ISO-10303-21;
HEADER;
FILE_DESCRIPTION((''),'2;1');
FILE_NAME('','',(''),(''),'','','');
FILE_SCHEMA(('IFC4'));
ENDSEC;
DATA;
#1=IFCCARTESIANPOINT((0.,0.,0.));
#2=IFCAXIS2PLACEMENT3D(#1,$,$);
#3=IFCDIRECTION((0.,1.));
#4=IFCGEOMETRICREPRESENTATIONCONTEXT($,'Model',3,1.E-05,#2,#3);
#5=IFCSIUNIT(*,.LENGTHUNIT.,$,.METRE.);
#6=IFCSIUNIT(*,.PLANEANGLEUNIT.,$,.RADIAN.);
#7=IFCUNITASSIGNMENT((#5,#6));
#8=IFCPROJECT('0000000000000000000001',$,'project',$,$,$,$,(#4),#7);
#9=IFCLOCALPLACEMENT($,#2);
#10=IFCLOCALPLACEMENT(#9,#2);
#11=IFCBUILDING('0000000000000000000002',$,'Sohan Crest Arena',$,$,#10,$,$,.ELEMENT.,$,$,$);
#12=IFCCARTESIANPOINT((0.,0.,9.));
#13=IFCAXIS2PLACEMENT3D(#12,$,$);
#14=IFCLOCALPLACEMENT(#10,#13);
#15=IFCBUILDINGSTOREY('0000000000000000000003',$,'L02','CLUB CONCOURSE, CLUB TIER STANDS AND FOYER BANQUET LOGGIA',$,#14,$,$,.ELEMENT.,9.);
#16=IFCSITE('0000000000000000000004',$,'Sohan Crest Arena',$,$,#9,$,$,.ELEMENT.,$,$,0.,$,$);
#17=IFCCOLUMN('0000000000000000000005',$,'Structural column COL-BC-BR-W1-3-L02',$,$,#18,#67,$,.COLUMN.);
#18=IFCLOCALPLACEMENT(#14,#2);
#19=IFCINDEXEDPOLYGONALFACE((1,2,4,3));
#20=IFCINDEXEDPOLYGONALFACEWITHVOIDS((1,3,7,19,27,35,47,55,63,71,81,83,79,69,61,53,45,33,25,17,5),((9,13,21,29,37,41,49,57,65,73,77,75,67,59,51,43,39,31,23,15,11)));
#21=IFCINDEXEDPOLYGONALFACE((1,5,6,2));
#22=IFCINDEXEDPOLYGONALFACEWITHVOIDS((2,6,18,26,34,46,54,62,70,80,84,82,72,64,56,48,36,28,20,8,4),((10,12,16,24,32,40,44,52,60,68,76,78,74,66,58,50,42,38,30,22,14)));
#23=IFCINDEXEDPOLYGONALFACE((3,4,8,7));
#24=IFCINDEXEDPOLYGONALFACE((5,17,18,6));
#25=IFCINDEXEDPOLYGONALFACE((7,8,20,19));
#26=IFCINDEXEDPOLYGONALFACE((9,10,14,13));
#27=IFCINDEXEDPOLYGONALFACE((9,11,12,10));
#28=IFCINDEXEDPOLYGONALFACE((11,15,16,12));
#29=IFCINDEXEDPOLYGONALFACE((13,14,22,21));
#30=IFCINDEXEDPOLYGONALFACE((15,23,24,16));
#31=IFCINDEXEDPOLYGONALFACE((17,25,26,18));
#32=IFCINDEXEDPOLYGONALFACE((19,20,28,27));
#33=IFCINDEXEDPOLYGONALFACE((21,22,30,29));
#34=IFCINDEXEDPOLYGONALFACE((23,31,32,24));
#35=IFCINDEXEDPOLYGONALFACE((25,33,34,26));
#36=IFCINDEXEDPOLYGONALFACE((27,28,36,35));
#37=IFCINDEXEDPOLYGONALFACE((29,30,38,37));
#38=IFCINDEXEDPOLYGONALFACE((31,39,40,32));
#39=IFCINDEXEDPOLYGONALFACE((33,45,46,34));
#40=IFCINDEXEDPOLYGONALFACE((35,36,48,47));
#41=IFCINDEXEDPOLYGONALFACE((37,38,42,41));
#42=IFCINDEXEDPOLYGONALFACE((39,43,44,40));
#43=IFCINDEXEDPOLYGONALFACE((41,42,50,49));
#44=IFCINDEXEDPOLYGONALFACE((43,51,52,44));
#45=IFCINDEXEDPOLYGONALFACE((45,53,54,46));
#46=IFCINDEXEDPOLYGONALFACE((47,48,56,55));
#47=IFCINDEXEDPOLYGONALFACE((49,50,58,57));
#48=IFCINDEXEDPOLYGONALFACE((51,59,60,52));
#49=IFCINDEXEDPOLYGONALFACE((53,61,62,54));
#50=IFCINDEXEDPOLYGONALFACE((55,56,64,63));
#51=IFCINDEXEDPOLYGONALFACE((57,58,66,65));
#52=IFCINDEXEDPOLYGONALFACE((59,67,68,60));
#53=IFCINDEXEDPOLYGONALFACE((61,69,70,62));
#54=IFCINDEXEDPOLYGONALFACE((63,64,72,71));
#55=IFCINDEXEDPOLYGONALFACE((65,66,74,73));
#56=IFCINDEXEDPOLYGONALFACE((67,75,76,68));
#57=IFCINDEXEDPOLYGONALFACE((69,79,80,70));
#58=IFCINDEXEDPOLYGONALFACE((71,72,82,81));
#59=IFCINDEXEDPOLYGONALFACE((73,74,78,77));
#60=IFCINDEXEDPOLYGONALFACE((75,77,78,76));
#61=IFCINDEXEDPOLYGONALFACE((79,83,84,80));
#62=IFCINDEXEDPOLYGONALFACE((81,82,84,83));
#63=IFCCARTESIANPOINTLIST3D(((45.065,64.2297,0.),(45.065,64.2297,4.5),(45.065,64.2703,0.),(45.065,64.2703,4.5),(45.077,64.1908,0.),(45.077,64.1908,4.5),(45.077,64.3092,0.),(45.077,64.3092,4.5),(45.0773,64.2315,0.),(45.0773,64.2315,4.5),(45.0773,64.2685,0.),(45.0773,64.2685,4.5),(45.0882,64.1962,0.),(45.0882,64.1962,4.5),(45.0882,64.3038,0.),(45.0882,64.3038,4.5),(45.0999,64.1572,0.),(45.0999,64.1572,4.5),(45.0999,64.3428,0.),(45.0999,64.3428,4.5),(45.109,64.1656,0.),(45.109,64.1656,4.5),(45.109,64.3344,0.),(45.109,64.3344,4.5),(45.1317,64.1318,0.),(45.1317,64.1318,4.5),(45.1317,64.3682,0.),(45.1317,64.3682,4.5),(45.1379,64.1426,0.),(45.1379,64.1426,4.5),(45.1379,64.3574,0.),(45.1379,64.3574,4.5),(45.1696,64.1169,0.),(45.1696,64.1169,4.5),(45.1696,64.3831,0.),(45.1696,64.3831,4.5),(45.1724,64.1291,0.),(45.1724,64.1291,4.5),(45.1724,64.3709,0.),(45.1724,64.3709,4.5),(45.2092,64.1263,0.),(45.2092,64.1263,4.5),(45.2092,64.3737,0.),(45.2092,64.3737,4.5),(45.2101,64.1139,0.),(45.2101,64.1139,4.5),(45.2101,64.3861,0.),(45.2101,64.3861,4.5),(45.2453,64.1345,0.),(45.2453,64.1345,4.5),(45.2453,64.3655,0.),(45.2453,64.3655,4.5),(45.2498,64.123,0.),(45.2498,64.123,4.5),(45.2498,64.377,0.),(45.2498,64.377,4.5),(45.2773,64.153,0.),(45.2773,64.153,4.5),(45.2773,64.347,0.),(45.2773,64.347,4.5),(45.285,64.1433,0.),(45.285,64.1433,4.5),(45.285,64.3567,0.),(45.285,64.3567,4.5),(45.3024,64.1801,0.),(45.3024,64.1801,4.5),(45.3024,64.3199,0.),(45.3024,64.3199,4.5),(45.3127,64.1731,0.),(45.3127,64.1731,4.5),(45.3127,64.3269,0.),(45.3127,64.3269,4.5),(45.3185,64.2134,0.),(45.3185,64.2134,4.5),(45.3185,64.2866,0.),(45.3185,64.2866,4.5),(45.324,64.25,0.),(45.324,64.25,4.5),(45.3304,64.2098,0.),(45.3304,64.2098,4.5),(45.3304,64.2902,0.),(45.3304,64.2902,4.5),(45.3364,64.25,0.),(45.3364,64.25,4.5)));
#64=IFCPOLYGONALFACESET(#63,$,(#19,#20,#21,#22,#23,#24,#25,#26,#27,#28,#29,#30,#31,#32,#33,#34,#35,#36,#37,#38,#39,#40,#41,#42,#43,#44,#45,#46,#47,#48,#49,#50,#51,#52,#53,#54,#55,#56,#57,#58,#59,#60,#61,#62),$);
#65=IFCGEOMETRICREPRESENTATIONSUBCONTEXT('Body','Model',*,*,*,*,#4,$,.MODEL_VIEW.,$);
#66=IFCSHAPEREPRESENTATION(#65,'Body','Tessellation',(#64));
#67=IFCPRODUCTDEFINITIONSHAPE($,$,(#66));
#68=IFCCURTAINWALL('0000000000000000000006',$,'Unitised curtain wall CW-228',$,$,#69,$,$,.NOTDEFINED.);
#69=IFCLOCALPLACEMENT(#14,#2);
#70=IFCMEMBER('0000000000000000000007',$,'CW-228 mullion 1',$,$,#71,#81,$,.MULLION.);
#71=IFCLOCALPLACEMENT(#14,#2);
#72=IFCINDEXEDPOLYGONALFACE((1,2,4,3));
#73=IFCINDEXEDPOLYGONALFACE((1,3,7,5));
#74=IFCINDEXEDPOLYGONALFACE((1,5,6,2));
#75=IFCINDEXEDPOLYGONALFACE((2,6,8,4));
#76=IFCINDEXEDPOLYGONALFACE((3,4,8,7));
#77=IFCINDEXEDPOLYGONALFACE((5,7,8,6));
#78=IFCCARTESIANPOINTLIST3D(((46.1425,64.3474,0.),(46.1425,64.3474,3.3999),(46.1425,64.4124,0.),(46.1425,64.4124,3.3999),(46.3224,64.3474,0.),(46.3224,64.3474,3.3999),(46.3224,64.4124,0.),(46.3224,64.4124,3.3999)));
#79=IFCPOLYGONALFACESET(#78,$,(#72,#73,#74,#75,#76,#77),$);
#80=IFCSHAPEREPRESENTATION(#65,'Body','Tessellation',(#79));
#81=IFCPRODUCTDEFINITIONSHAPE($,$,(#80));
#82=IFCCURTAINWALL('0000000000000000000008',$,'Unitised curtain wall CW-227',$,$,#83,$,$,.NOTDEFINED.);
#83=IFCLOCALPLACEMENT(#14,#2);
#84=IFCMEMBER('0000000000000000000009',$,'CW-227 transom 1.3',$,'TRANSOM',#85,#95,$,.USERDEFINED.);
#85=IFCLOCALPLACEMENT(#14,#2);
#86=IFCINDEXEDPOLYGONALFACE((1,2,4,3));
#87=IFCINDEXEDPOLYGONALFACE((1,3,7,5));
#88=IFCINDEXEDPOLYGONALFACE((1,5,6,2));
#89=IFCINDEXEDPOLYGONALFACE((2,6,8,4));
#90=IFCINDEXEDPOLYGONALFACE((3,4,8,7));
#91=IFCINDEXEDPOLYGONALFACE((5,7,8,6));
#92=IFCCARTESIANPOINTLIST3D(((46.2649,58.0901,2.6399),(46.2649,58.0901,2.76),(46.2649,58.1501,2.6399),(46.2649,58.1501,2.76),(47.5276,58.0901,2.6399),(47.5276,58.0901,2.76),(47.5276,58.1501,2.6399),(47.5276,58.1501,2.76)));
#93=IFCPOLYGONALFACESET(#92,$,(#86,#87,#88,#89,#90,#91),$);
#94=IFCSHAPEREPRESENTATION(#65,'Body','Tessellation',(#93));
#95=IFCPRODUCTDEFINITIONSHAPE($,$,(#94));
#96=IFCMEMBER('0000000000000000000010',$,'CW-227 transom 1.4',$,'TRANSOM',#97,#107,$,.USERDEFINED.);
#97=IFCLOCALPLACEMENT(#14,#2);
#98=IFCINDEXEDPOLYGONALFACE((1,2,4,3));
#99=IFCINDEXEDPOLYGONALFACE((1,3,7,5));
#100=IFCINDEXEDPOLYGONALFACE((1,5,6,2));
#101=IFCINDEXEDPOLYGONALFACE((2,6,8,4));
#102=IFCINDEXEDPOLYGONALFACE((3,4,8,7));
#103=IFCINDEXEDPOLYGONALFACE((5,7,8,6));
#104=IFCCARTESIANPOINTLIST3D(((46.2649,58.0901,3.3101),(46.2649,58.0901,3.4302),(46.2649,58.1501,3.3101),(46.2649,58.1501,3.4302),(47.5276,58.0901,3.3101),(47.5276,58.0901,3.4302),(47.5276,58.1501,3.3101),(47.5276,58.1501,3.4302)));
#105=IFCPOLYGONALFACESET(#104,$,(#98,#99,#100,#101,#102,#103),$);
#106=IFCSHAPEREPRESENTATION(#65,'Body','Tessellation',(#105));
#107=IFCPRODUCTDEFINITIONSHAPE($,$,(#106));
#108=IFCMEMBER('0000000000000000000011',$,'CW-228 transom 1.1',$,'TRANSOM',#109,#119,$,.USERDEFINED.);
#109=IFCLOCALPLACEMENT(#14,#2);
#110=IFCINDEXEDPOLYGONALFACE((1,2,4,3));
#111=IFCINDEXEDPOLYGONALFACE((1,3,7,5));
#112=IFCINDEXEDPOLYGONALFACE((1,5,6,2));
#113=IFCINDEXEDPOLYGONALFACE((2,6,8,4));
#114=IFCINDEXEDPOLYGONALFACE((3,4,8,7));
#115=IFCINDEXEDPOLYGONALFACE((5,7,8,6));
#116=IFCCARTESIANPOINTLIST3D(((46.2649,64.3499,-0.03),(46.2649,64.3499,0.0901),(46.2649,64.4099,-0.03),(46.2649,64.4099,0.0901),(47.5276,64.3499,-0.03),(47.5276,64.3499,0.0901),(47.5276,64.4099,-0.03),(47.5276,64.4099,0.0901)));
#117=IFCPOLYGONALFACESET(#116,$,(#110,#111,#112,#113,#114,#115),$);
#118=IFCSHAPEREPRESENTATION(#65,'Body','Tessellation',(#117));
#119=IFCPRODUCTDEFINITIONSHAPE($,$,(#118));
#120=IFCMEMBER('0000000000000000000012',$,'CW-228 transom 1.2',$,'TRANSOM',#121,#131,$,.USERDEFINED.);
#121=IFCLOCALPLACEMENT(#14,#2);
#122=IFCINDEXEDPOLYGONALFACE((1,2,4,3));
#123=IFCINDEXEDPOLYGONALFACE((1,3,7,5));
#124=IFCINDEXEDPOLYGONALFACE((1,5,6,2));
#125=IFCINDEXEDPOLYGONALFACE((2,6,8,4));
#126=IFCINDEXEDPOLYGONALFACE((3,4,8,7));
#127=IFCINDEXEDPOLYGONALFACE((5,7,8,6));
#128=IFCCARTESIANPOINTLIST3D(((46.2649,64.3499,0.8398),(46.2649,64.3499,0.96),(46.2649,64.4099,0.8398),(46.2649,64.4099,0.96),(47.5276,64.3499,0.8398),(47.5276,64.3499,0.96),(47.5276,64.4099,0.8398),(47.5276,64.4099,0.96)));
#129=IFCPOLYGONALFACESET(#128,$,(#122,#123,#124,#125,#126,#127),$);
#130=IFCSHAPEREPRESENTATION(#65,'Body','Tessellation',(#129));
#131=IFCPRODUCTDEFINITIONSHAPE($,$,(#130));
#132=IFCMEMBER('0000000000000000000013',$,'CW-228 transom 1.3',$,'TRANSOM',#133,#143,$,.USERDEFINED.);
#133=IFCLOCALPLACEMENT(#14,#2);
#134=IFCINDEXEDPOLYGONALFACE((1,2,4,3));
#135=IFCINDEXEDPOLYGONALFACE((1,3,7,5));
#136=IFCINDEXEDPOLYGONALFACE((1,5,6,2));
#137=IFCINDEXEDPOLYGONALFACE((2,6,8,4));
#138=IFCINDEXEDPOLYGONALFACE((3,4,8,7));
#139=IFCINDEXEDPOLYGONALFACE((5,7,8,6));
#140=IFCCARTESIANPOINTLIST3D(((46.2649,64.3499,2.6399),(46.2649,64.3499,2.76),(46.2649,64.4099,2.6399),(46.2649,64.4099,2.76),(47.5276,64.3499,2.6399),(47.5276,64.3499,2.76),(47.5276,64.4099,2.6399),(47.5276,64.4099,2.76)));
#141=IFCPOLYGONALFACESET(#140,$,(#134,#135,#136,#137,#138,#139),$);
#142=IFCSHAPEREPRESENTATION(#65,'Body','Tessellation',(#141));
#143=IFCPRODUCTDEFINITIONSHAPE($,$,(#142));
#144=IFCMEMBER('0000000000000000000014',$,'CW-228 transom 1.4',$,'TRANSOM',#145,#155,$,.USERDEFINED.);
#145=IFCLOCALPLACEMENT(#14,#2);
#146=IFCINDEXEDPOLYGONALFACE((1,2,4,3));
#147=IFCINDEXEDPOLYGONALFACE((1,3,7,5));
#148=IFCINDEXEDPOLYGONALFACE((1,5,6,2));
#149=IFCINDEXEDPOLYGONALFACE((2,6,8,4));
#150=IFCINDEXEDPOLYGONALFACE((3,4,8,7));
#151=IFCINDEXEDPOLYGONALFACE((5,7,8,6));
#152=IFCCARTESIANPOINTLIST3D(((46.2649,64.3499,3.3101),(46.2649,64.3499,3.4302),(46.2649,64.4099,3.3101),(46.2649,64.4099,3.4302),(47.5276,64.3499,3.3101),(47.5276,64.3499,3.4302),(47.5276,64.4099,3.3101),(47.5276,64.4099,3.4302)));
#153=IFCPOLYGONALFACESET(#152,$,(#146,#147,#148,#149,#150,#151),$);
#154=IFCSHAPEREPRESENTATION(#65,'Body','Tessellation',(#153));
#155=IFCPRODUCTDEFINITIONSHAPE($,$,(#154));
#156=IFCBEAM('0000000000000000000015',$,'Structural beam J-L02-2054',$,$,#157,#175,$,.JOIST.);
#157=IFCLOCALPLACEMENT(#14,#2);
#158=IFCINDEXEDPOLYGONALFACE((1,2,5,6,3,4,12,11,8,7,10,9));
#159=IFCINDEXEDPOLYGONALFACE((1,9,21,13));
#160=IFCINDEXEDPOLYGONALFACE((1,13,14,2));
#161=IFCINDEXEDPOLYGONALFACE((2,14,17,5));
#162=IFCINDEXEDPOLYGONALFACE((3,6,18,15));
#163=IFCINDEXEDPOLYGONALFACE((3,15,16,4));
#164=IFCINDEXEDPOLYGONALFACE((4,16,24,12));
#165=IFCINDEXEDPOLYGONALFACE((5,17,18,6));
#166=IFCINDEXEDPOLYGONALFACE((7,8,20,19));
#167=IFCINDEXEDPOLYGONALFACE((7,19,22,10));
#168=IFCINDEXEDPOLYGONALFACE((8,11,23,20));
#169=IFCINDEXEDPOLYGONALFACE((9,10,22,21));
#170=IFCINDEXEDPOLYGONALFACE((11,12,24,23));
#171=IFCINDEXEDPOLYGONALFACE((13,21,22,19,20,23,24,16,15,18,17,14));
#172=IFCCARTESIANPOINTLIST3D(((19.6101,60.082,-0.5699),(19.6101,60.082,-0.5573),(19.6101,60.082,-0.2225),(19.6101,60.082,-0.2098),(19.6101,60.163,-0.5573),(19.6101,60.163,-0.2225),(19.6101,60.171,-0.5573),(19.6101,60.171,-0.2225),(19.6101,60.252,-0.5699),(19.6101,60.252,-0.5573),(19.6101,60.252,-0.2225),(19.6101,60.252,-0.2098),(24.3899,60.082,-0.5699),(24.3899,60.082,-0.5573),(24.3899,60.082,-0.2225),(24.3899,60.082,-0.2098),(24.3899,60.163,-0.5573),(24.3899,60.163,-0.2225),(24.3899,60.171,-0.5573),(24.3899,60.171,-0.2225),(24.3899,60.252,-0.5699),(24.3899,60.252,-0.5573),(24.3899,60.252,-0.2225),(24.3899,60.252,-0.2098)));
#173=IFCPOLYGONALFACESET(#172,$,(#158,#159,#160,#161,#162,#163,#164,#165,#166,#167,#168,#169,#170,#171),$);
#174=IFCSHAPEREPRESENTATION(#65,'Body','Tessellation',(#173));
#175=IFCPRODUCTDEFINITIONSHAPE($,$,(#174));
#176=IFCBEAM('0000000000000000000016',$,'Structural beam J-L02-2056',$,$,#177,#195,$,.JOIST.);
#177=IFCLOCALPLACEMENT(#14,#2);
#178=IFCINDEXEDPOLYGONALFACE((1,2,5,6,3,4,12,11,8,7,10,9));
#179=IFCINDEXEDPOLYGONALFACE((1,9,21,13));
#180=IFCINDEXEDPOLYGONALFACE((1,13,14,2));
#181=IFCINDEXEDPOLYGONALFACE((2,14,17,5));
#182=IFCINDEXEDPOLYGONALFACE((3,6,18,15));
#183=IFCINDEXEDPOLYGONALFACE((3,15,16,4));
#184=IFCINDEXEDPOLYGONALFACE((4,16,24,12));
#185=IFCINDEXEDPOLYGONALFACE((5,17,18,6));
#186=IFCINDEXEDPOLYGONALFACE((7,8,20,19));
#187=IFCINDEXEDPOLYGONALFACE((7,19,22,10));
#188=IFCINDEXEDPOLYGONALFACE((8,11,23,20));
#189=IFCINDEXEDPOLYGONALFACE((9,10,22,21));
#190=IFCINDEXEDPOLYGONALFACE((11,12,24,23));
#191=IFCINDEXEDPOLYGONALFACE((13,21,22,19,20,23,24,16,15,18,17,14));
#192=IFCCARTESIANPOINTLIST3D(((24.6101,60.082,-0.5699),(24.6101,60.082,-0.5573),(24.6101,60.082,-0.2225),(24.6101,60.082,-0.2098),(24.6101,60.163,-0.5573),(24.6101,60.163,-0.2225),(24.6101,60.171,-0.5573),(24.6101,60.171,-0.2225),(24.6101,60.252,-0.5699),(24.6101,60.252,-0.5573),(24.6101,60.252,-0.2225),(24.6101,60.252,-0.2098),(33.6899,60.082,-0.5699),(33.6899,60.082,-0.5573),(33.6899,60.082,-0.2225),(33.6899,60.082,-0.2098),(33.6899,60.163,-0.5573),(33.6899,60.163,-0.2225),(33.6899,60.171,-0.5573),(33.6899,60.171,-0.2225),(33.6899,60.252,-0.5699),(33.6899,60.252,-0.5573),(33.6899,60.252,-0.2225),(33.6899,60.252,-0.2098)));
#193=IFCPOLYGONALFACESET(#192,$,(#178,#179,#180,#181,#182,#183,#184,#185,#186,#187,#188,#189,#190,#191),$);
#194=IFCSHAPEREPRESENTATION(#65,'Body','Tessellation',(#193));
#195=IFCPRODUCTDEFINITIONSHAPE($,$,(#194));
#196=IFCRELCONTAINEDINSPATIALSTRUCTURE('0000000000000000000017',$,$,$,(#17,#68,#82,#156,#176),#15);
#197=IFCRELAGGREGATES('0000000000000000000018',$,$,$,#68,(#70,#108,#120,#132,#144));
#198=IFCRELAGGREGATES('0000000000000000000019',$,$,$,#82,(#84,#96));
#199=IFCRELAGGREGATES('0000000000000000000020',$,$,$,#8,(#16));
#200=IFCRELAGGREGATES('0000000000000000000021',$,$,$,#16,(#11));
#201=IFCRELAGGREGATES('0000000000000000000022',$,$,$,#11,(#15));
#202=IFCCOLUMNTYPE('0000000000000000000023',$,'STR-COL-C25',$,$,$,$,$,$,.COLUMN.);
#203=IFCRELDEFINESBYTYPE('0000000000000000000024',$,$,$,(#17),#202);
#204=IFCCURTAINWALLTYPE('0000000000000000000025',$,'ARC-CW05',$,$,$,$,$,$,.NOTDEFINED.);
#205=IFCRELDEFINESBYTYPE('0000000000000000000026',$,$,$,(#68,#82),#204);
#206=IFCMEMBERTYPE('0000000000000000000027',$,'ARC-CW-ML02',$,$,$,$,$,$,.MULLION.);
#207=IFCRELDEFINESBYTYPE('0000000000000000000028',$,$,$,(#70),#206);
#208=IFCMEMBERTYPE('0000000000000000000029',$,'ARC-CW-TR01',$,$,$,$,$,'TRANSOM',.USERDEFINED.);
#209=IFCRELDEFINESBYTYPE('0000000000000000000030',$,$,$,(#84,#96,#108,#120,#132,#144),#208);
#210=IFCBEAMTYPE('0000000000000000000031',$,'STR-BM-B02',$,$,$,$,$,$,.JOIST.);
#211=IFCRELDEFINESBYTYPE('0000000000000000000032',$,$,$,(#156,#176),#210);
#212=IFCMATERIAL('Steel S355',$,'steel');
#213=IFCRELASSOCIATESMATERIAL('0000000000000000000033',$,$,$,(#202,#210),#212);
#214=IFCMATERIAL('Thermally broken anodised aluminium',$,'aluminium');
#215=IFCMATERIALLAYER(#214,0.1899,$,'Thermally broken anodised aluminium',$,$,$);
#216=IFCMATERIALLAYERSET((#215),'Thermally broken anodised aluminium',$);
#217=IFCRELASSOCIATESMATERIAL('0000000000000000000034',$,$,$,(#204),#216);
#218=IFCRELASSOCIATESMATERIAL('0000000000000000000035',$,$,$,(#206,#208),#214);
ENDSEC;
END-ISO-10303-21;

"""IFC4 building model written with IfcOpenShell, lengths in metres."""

from ifc_helpers import new_model, si_unit, direction, frame, origin, origin_2d, place, context, subcontext, project, spatial, rectangle, hollow_circle, i_section, extrude, material, layer, layer_set, material_profile, profile_set, type_object, element, aggregate, save


model = new_model("IFC4")

# Units and contexts
model_context = context("Model", 3, precision=1e-05, world=origin(), true_north=direction((0.0, 1.0)))
body_context = subcontext(model_context, "Body", "Model", "MODEL_VIEW")
ifc_project = project(units=[si_unit("LENGTHUNIT", "METRE"), si_unit("PLANEANGLEUNIT", "RADIAN")], contexts=[model_context])

# Site, building, storey
site_placement = place(None, origin())
site = spatial("IfcSite", under=ifc_project, at=site_placement, Name="Sohan Crest Arena", CompositionType="ELEMENT", RefElevation=0.0)
building_placement = place(site_placement, origin())
building = spatial("IfcBuilding", under=site, at=building_placement, Name="Sohan Crest Arena", CompositionType="ELEMENT")
storey_placement = place(building_placement, frame((0.0, 0.0, 9.0)))
storey = spatial("IfcBuildingStorey", under=building, at=storey_placement, Name="L02", Description="CLUB CONCOURSE, CLUB TIER STANDS AND FOYER BANQUET LOGGIA", CompositionType="ELEMENT", Elevation=9.0)

# Column
ifc_material_1 = material(Name="Steel S355", Category="steel")
ifc_material_profile_1 = material_profile(ifc_material_1, hollow_circle(Radius=0.1365, WallThickness=0.0125, at=origin_2d()), Name="CHS 273x12.5")
ifc_profile_set_1 = profile_set([ifc_material_profile_1], Name="Steel S355")
column_type_1 = type_object("IfcColumnType", Name="STR-COL-C25", PredefinedType="COLUMN", material=ifc_profile_set_1)
for number, where, z_axis, x_axis, name in (
    (1, (45.2, 64.25, 0.0), (0.0, 0.0, 1.0), (1.0, 0.0, 0.0), "Structural column COL-BC-BR-W1-3-L02"),
):
    element("IfcColumn", number, at=place(storey_placement, frame(where, z_axis=z_axis, x_axis=x_axis)), inside=storey, type_object=column_type_1, Name=name, PredefinedType="COLUMN", context=body_context, shape_type="SweptSolid", body=[
        extrude(hollow_circle(Radius=0.1365, WallThickness=0.0125, at=origin_2d()), origin(), (0.0, 0.0, 1.0), 4.5),
    ])

# Curtain wall, member
ifc_material_2 = material(Name="Thermally broken anodised aluminium", Category="aluminium")
ifc_layer_1 = layer(ifc_material_2, 0.1899, Name="Thermally broken anodised aluminium")
ifc_layer_set_1 = layer_set([ifc_layer_1], Name="Thermally broken anodised aluminium")
curtain_wall_type = type_object("IfcCurtainWallType", Name="ARC-CW05", PredefinedType="NOTDEFINED", material=ifc_layer_set_1)
curtain_wall_1_placement = place(storey_placement, origin())
curtain_wall_1 = element("IfcCurtainWall", 2, at=curtain_wall_1_placement, inside=storey, type_object=curtain_wall_type, Name="Unitised curtain wall CW-228", PredefinedType="NOTDEFINED")
ifc_material_profile_2 = material_profile(ifc_material_2, rectangle(XDim=0.0649, YDim=0.1799, at=origin_2d()), Name="ALU-MULL 65x180")
ifc_profile_set_2 = profile_set([ifc_material_profile_2], Name="Thermally broken anodised aluminium")
member_type_1 = type_object("IfcMemberType", Name="ARC-CW-ML02", PredefinedType="MULLION", material=ifc_profile_set_2)
member_1_placement = place(storey_placement, frame((46.2324, 64.3799, 0.0), z_axis=(0.0, 0.0, 1.0), x_axis=(0.0, 1.0, 0.0)))
member_1 = element("IfcMember", 3, at=member_1_placement, type_object=member_type_1, Name="CW-228 mullion 1", PredefinedType="MULLION", context=body_context, shape_type="SweptSolid", body=[
    extrude(rectangle(XDim=0.0649, YDim=0.1799, at=origin_2d()), origin(), (0.0, 0.0, 1.0), 3.3999),
])

# Curtain wall, members
curtain_wall_2_placement = place(storey_placement, origin())
curtain_wall_2 = element("IfcCurtainWall", 4, at=curtain_wall_2_placement, inside=storey, type_object=curtain_wall_type, Name="Unitised curtain wall CW-227", PredefinedType="NOTDEFINED")
ifc_material_profile_3 = material_profile(ifc_material_2, rectangle(XDim=0.0601, YDim=0.1201, at=origin_2d()), Name="ALU-TRAN 60x120")
ifc_profile_set_3 = profile_set([ifc_material_profile_3], Name="Thermally broken anodised aluminium")
member_type_2 = type_object("IfcMemberType", Name="ARC-CW-TR01", ElementType="TRANSOM", PredefinedType="USERDEFINED", material=ifc_profile_set_3)
member_2_placement = place(storey_placement, frame((46.2649, 58.1201, 2.7), z_axis=(1.0, 0.0, 0.0), x_axis=(0.0, 1.0, 0.0)))
member_2 = element("IfcMember", 5, at=member_2_placement, type_object=member_type_2, Name="CW-227 transom 1.3", ObjectType="TRANSOM", PredefinedType="USERDEFINED", context=body_context, shape_type="SweptSolid", body=[
    extrude(rectangle(XDim=0.0601, YDim=0.1201, at=origin_2d()), origin(), (0.0, 0.0, 1.0), 1.2627),
])
member_3_placement = place(storey_placement, frame((46.2649, 58.1201, 3.3701), z_axis=(1.0, 0.0, 0.0), x_axis=(0.0, 1.0, 0.0)))
member_3 = element("IfcMember", 6, at=member_3_placement, type_object=member_type_2, Name="CW-227 transom 1.4", ObjectType="TRANSOM", PredefinedType="USERDEFINED", context=body_context, shape_type="SweptSolid", body=[
    extrude(rectangle(XDim=0.0601, YDim=0.1201, at=origin_2d()), origin(), (0.0, 0.0, 1.0), 1.2627),
])

# Members
member_4_placement = place(storey_placement, frame((46.2649, 64.3799, 0.03), z_axis=(1.0, 0.0, 0.0), x_axis=(0.0, 1.0, 0.0)))
member_4 = element("IfcMember", 7, at=member_4_placement, type_object=member_type_2, Name="CW-228 transom 1.1", ObjectType="TRANSOM", PredefinedType="USERDEFINED", context=body_context, shape_type="SweptSolid", body=[
    extrude(rectangle(XDim=0.0601, YDim=0.1201, at=origin_2d()), origin(), (0.0, 0.0, 1.0), 1.2627),
])
member_5_placement = place(storey_placement, frame((46.2649, 64.3799, 0.8999), z_axis=(1.0, 0.0, 0.0), x_axis=(0.0, 1.0, 0.0)))
member_5 = element("IfcMember", 8, at=member_5_placement, type_object=member_type_2, Name="CW-228 transom 1.2", ObjectType="TRANSOM", PredefinedType="USERDEFINED", context=body_context, shape_type="SweptSolid", body=[
    extrude(rectangle(XDim=0.0601, YDim=0.1201, at=origin_2d()), origin(), (0.0, 0.0, 1.0), 1.2627),
])
member_6_placement = place(storey_placement, frame((46.2649, 64.3799, 2.7), z_axis=(1.0, 0.0, 0.0), x_axis=(0.0, 1.0, 0.0)))
member_6 = element("IfcMember", 9, at=member_6_placement, type_object=member_type_2, Name="CW-228 transom 1.3", ObjectType="TRANSOM", PredefinedType="USERDEFINED", context=body_context, shape_type="SweptSolid", body=[
    extrude(rectangle(XDim=0.0601, YDim=0.1201, at=origin_2d()), origin(), (0.0, 0.0, 1.0), 1.2627),
])
member_7_placement = place(storey_placement, frame((46.2649, 64.3799, 3.3701), z_axis=(1.0, 0.0, 0.0), x_axis=(0.0, 1.0, 0.0)))
member_7 = element("IfcMember", 10, at=member_7_placement, type_object=member_type_2, Name="CW-228 transom 1.4", ObjectType="TRANSOM", PredefinedType="USERDEFINED", context=body_context, shape_type="SweptSolid", body=[
    extrude(rectangle(XDim=0.0601, YDim=0.1201, at=origin_2d()), origin(), (0.0, 0.0, 1.0), 1.2627),
])
aggregate(curtain_wall_1, [member_1, member_4, member_5, member_6, member_7])

# Beams
ifc_material_profile_4 = material_profile(ifc_material_1, i_section(OverallWidth=0.1699, OverallDepth=0.3601, WebThickness=0.0081, FlangeThickness=0.0127, at=origin_2d()), Name="IPE 360")
ifc_profile_set_4 = profile_set([ifc_material_profile_4], Name="Steel S355")
beam_type_1 = type_object("IfcBeamType", Name="STR-BM-B02", PredefinedType="JOIST", material=ifc_profile_set_4)
beam_1_placement = place(storey_placement, frame((19.6101, 60.167, -0.3899), z_axis=(1.0, 0.0, 0.0), x_axis=(0.0, 1.0, 0.0)))
element("IfcBeam", 11, at=beam_1_placement, inside=storey, type_object=beam_type_1, Name="Structural beam J-L02-2054", PredefinedType="JOIST", context=body_context, shape_type="SweptSolid", body=[
    extrude(i_section(OverallWidth=0.1699, OverallDepth=0.3601, WebThickness=0.0081, FlangeThickness=0.0127, at=origin_2d()), origin(), (0.0, 0.0, 1.0), 4.7798),
])
beam_2_placement = place(storey_placement, frame((24.6101, 60.167, -0.3899), z_axis=(1.0, 0.0, 0.0), x_axis=(0.0, 1.0, 0.0)))
element("IfcBeam", 12, at=beam_2_placement, inside=storey, type_object=beam_type_1, Name="Structural beam J-L02-2056", PredefinedType="JOIST", context=body_context, shape_type="SweptSolid", body=[
    extrude(i_section(OverallWidth=0.1699, OverallDepth=0.3601, WebThickness=0.0081, FlangeThickness=0.0127, at=origin_2d()), origin(), (0.0, 0.0, 1.0), 9.0798),
])

aggregate(curtain_wall_2, [member_2, member_3])

save(model, "model.ifc")
